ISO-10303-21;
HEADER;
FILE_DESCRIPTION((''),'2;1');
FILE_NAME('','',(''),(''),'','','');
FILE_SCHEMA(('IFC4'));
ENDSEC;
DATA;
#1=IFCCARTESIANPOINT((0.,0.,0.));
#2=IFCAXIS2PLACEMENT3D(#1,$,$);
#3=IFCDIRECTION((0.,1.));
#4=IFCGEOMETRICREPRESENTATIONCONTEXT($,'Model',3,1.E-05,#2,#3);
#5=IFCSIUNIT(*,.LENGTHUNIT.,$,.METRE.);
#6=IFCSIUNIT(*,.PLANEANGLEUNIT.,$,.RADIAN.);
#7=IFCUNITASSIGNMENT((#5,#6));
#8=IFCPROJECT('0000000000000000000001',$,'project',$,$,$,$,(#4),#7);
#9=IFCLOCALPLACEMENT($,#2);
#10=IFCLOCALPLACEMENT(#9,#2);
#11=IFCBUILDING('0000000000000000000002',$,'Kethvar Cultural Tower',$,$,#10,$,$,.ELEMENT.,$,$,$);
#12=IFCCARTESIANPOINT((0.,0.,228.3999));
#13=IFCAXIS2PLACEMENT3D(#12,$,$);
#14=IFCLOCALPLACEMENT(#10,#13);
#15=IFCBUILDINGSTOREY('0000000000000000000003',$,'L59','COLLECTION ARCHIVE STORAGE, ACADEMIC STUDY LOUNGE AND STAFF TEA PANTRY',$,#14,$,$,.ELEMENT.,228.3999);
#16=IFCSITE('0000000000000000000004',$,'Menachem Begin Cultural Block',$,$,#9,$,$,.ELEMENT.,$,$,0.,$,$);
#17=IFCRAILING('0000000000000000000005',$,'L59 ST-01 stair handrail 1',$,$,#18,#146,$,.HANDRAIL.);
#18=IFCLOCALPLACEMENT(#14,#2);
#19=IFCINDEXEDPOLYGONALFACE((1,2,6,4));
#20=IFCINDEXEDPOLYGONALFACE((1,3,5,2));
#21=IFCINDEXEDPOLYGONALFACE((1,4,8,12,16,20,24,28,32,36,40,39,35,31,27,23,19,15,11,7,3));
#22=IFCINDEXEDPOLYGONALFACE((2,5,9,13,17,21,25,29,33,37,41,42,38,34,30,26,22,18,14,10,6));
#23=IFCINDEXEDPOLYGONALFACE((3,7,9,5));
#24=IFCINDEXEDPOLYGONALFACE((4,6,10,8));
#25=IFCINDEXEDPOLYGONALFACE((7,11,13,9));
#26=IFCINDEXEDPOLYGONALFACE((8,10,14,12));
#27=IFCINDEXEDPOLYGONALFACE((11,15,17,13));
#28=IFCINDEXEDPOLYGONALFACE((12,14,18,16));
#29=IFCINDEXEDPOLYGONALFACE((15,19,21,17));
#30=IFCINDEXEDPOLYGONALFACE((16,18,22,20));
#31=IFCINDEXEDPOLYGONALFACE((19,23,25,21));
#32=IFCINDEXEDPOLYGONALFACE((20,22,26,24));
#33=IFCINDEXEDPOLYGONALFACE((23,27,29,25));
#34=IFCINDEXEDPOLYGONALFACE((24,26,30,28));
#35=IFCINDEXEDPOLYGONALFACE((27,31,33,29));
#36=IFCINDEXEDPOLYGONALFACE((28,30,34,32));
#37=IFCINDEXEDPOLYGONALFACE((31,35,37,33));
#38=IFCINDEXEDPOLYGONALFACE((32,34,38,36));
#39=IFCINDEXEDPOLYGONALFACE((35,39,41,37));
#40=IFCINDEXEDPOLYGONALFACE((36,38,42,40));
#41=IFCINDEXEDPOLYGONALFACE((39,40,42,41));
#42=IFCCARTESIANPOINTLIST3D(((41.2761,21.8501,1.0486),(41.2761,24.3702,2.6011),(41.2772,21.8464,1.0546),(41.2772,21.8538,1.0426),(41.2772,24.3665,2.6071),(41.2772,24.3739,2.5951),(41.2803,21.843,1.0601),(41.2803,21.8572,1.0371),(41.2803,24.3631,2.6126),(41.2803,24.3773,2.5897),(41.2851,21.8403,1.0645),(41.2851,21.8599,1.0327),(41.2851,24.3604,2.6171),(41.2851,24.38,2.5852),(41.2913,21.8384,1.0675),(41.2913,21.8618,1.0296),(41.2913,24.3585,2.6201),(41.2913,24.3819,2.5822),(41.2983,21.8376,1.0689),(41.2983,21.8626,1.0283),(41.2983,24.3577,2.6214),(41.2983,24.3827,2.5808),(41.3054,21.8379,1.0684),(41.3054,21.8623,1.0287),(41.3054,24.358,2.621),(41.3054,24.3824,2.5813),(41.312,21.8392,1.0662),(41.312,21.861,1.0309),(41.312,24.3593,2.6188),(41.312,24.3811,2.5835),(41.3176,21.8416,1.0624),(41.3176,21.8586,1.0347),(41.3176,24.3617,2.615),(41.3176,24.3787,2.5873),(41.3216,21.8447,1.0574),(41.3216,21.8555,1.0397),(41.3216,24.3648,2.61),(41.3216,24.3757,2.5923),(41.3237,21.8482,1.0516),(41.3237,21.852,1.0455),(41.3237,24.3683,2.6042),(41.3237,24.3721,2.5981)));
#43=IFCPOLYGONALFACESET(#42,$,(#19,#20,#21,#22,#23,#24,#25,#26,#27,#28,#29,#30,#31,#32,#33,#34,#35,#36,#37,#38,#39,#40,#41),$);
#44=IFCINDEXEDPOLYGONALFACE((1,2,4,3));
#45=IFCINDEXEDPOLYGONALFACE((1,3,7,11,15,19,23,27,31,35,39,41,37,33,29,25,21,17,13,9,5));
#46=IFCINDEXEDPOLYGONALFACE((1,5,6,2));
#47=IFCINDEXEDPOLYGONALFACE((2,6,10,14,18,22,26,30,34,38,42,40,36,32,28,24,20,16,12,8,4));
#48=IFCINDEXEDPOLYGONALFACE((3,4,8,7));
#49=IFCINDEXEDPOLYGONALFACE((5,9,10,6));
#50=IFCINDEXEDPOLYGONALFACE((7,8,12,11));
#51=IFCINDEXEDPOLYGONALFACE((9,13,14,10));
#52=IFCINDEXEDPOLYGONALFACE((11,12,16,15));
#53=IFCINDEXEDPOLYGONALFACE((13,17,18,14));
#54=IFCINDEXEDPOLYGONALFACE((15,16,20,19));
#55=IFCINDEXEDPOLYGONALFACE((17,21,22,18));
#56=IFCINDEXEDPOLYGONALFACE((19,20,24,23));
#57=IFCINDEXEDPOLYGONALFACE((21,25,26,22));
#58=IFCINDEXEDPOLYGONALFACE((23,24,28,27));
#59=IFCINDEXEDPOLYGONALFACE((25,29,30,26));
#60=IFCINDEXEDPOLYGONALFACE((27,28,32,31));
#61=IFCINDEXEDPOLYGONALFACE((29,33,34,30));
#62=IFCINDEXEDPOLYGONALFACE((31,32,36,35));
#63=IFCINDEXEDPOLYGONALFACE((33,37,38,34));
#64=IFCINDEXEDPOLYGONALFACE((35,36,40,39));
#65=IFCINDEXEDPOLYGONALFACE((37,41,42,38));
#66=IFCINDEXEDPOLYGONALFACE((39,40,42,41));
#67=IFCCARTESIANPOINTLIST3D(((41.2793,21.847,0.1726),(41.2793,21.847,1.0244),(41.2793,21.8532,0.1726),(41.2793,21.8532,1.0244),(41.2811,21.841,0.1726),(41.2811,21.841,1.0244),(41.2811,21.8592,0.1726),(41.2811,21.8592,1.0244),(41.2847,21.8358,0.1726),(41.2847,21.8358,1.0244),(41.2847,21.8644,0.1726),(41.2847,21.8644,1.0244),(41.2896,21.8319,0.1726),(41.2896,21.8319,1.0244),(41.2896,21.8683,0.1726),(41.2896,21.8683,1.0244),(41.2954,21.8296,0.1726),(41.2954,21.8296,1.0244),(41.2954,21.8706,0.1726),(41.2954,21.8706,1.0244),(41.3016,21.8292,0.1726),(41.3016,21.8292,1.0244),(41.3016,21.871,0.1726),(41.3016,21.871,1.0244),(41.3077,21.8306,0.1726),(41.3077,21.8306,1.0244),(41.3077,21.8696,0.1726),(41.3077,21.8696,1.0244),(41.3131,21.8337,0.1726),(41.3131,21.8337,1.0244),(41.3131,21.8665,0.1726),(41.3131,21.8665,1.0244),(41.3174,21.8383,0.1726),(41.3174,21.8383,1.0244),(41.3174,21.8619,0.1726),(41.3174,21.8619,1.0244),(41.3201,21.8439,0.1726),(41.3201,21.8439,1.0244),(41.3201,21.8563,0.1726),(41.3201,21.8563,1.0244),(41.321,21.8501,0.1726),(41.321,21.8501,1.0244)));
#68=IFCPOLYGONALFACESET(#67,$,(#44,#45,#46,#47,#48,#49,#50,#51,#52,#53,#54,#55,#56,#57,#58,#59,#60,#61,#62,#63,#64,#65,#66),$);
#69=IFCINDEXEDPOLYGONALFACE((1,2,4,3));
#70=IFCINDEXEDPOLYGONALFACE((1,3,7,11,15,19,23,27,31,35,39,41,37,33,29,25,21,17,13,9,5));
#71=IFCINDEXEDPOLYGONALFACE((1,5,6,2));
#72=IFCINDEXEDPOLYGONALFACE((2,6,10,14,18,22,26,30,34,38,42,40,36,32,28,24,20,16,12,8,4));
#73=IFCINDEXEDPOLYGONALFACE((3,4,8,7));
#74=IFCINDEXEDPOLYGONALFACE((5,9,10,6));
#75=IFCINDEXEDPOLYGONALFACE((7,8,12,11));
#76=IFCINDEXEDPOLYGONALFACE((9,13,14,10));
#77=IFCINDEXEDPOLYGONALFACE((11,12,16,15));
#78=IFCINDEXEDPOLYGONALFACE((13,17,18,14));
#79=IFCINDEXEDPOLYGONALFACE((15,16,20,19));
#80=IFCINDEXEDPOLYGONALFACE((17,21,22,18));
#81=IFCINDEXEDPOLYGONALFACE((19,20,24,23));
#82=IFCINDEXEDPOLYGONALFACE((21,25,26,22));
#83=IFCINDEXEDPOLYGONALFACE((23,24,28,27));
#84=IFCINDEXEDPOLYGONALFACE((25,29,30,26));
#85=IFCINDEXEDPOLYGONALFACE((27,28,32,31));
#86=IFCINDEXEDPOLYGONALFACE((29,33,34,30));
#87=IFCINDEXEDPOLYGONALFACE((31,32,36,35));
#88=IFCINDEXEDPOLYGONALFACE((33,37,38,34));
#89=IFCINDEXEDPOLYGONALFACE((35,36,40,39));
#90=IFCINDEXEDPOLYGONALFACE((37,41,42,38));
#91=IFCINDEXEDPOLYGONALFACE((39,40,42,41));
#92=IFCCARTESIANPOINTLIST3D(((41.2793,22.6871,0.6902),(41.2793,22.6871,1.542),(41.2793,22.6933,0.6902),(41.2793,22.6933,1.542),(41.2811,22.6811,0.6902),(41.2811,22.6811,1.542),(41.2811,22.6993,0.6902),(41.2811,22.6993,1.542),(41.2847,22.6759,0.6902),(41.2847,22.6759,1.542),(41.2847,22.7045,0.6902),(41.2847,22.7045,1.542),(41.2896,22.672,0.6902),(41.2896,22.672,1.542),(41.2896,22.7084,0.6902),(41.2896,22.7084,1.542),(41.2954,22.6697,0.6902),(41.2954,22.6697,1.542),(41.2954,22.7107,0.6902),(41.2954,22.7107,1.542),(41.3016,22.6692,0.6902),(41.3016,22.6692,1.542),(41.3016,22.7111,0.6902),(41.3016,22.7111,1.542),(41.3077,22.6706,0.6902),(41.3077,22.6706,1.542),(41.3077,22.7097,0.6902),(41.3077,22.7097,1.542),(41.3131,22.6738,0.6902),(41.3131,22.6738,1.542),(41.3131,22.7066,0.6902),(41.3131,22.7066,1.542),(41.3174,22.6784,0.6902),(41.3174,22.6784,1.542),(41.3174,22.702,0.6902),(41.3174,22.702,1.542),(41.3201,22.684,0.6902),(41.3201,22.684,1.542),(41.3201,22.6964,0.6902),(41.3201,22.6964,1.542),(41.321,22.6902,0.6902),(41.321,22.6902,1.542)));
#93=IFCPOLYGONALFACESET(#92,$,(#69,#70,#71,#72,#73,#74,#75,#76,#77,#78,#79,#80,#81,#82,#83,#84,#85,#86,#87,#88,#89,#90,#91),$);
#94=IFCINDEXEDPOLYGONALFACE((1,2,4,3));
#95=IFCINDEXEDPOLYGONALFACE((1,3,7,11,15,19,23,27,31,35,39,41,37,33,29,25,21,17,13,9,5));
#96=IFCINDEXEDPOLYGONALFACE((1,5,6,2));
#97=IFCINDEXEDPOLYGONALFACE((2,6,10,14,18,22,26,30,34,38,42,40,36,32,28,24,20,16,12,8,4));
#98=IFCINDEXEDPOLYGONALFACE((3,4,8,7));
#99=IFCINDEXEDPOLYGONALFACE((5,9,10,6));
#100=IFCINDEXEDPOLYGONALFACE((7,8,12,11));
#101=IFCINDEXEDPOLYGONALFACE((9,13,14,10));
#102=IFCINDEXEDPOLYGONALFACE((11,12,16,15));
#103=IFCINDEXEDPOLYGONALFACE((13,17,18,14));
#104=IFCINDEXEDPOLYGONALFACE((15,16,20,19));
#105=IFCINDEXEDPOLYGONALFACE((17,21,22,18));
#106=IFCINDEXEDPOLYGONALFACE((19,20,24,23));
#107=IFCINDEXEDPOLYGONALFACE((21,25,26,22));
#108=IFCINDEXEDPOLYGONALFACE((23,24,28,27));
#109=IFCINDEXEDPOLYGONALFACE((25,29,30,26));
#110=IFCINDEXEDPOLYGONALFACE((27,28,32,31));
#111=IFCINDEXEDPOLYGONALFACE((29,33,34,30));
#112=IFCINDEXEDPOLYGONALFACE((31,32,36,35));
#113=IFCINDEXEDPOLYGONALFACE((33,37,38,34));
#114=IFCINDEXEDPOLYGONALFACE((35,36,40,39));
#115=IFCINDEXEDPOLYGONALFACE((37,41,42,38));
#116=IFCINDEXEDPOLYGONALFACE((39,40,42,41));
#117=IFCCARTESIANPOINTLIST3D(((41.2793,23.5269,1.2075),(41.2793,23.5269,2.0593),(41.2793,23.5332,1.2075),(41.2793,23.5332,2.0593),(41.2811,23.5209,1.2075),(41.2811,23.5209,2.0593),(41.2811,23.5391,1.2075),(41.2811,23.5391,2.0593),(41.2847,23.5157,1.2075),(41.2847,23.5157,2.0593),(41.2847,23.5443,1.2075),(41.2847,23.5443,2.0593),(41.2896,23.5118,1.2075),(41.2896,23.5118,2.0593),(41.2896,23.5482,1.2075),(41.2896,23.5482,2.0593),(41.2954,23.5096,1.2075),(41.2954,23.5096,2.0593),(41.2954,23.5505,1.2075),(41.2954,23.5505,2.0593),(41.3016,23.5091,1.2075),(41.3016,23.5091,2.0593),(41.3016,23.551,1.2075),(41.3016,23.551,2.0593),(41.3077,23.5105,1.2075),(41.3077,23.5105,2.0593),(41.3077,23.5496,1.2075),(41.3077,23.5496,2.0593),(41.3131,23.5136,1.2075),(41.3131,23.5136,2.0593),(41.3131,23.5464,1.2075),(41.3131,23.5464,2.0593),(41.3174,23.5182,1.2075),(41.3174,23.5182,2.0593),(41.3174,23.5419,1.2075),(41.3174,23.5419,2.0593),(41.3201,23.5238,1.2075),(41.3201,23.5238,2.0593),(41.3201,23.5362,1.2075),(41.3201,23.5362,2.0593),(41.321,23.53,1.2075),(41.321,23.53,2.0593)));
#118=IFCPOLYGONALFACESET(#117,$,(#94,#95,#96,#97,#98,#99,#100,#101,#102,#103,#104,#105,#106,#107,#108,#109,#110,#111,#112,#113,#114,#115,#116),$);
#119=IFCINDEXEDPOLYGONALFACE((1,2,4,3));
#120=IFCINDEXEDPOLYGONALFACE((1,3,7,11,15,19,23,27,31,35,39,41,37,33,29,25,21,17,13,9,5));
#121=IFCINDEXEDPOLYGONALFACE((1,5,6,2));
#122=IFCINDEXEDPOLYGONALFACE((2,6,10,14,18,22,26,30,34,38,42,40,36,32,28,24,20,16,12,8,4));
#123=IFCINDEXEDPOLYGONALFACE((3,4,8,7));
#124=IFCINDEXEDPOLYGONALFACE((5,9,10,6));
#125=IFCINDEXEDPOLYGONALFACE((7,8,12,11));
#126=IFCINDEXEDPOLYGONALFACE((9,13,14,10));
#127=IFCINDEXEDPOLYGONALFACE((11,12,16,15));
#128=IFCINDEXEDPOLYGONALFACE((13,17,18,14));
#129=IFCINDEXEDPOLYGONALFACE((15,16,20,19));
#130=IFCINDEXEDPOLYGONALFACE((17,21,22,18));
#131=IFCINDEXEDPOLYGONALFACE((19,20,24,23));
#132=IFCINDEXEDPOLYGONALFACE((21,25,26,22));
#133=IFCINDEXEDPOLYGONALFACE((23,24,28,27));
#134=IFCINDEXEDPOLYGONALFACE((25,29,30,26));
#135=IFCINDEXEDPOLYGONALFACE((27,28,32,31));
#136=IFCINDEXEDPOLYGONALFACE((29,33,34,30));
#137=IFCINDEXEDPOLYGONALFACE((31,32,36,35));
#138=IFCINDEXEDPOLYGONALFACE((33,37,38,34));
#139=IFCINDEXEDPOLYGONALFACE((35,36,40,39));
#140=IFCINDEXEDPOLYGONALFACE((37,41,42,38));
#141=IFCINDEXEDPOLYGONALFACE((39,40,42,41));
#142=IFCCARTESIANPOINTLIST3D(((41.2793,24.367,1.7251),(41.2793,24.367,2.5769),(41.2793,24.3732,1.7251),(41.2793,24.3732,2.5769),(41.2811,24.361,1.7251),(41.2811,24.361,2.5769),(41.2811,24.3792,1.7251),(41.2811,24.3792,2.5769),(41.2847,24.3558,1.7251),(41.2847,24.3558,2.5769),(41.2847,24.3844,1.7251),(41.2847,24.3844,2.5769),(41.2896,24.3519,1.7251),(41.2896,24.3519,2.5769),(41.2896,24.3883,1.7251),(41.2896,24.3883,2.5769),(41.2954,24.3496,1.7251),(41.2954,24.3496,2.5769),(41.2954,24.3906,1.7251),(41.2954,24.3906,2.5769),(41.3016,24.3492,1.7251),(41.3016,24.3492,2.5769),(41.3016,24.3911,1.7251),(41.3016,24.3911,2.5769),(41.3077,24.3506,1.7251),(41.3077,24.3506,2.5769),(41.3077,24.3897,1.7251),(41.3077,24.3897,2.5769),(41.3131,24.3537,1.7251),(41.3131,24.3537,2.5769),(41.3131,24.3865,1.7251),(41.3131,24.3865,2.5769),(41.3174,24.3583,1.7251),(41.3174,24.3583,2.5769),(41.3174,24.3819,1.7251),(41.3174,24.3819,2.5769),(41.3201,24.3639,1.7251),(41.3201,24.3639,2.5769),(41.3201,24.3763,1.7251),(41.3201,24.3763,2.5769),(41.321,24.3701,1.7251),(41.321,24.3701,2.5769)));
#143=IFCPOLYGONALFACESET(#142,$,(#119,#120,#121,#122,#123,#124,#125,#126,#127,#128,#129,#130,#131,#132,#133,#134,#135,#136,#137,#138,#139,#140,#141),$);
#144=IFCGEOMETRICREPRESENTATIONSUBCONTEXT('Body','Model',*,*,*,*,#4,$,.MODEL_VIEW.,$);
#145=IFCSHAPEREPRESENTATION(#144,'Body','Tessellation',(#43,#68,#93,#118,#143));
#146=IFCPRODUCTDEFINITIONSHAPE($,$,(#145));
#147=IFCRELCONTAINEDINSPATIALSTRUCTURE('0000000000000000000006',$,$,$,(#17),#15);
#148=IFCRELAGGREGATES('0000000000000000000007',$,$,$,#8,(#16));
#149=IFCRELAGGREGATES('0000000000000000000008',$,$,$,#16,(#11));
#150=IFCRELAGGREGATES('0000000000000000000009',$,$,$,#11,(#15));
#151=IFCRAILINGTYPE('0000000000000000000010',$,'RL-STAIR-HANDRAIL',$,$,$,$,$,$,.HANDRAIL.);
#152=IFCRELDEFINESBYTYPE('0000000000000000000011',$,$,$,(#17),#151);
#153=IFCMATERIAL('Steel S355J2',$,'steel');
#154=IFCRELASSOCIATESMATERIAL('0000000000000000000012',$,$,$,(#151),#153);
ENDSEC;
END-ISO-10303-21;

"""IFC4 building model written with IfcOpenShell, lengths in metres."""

from ifc_helpers import new_model, si_unit, direction, frame, origin, origin_2d, place, context, subcontext, project, spatial, circle, extrude, material, type_object, element, save


model = new_model("IFC4")

# Units and contexts
model_context = context("Model", 3, precision=1e-05, world=origin(), true_north=direction((0.0, 1.0)))
body_context = subcontext(model_context, "Body", "Model", "MODEL_VIEW")
ifc_project = project(units=[si_unit("LENGTHUNIT", "METRE"), si_unit("PLANEANGLEUNIT", "RADIAN")], contexts=[model_context])

# Site, building, storey
site_placement = place(None, origin())
site = spatial("IfcSite", under=ifc_project, at=site_placement, Name="Menachem Begin Cultural Block", CompositionType="ELEMENT", RefElevation=0.0)
building_placement = place(site_placement, origin())
building = spatial("IfcBuilding", under=site, at=building_placement, Name="Kethvar Cultural Tower", CompositionType="ELEMENT")
storey_placement = place(building_placement, frame((0.0, 0.0, 228.3999)))
storey = spatial("IfcBuildingStorey", under=building, at=storey_placement, Name="L59", Description="COLLECTION ARCHIVE STORAGE, ACADEMIC STUDY LOUNGE AND STAFF TEA PANTRY", CompositionType="ELEMENT", Elevation=228.3999)

# Shared definitions
ifc_material_1 = material(Name="Steel S355J2", Category="steel")

# Railing
railing_type_1 = type_object("IfcRailingType", Name="RL-STAIR-HANDRAIL", PredefinedType="HANDRAIL", material=ifc_material_1)
railing_1_placement = place(storey_placement, frame((41.3, 21.8501, 0.1726)))
element("IfcRailing", 1, at=railing_1_placement, inside=storey, type_object=railing_type_1, Name="L59 ST-01 stair handrail 1", PredefinedType="HANDRAIL", context=body_context, shape_type="SweptSolid", body=[
    extrude(circle(Radius=0.0239, at=origin_2d()), frame((0.0, 0.0, 0.876), z_axis=(0.0, 0.8514, 0.524516), x_axis=(-1.0, 0.0, 0.0)), (0.0, 0.0, 1.0), 2.96),
    extrude(circle(Radius=0.021, at=origin_2d()), origin(), (0.0, 0.0, 1.0), 0.8518),
    extrude(circle(Radius=0.021, at=origin_2d()), frame((0.0, 0.8401, 0.5176)), (0.0, 0.0, 1.0), 0.8518),
    extrude(circle(Radius=0.021, at=origin_2d()), frame((0.0, 1.6799, 1.0349)), (0.0, 0.0, 1.0), 0.8518),
    extrude(circle(Radius=0.021, at=origin_2d()), frame((0.0, 2.52, 1.5525)), (0.0, 0.0, 1.0), 0.8518),
])

save(model, "model.ifc")
